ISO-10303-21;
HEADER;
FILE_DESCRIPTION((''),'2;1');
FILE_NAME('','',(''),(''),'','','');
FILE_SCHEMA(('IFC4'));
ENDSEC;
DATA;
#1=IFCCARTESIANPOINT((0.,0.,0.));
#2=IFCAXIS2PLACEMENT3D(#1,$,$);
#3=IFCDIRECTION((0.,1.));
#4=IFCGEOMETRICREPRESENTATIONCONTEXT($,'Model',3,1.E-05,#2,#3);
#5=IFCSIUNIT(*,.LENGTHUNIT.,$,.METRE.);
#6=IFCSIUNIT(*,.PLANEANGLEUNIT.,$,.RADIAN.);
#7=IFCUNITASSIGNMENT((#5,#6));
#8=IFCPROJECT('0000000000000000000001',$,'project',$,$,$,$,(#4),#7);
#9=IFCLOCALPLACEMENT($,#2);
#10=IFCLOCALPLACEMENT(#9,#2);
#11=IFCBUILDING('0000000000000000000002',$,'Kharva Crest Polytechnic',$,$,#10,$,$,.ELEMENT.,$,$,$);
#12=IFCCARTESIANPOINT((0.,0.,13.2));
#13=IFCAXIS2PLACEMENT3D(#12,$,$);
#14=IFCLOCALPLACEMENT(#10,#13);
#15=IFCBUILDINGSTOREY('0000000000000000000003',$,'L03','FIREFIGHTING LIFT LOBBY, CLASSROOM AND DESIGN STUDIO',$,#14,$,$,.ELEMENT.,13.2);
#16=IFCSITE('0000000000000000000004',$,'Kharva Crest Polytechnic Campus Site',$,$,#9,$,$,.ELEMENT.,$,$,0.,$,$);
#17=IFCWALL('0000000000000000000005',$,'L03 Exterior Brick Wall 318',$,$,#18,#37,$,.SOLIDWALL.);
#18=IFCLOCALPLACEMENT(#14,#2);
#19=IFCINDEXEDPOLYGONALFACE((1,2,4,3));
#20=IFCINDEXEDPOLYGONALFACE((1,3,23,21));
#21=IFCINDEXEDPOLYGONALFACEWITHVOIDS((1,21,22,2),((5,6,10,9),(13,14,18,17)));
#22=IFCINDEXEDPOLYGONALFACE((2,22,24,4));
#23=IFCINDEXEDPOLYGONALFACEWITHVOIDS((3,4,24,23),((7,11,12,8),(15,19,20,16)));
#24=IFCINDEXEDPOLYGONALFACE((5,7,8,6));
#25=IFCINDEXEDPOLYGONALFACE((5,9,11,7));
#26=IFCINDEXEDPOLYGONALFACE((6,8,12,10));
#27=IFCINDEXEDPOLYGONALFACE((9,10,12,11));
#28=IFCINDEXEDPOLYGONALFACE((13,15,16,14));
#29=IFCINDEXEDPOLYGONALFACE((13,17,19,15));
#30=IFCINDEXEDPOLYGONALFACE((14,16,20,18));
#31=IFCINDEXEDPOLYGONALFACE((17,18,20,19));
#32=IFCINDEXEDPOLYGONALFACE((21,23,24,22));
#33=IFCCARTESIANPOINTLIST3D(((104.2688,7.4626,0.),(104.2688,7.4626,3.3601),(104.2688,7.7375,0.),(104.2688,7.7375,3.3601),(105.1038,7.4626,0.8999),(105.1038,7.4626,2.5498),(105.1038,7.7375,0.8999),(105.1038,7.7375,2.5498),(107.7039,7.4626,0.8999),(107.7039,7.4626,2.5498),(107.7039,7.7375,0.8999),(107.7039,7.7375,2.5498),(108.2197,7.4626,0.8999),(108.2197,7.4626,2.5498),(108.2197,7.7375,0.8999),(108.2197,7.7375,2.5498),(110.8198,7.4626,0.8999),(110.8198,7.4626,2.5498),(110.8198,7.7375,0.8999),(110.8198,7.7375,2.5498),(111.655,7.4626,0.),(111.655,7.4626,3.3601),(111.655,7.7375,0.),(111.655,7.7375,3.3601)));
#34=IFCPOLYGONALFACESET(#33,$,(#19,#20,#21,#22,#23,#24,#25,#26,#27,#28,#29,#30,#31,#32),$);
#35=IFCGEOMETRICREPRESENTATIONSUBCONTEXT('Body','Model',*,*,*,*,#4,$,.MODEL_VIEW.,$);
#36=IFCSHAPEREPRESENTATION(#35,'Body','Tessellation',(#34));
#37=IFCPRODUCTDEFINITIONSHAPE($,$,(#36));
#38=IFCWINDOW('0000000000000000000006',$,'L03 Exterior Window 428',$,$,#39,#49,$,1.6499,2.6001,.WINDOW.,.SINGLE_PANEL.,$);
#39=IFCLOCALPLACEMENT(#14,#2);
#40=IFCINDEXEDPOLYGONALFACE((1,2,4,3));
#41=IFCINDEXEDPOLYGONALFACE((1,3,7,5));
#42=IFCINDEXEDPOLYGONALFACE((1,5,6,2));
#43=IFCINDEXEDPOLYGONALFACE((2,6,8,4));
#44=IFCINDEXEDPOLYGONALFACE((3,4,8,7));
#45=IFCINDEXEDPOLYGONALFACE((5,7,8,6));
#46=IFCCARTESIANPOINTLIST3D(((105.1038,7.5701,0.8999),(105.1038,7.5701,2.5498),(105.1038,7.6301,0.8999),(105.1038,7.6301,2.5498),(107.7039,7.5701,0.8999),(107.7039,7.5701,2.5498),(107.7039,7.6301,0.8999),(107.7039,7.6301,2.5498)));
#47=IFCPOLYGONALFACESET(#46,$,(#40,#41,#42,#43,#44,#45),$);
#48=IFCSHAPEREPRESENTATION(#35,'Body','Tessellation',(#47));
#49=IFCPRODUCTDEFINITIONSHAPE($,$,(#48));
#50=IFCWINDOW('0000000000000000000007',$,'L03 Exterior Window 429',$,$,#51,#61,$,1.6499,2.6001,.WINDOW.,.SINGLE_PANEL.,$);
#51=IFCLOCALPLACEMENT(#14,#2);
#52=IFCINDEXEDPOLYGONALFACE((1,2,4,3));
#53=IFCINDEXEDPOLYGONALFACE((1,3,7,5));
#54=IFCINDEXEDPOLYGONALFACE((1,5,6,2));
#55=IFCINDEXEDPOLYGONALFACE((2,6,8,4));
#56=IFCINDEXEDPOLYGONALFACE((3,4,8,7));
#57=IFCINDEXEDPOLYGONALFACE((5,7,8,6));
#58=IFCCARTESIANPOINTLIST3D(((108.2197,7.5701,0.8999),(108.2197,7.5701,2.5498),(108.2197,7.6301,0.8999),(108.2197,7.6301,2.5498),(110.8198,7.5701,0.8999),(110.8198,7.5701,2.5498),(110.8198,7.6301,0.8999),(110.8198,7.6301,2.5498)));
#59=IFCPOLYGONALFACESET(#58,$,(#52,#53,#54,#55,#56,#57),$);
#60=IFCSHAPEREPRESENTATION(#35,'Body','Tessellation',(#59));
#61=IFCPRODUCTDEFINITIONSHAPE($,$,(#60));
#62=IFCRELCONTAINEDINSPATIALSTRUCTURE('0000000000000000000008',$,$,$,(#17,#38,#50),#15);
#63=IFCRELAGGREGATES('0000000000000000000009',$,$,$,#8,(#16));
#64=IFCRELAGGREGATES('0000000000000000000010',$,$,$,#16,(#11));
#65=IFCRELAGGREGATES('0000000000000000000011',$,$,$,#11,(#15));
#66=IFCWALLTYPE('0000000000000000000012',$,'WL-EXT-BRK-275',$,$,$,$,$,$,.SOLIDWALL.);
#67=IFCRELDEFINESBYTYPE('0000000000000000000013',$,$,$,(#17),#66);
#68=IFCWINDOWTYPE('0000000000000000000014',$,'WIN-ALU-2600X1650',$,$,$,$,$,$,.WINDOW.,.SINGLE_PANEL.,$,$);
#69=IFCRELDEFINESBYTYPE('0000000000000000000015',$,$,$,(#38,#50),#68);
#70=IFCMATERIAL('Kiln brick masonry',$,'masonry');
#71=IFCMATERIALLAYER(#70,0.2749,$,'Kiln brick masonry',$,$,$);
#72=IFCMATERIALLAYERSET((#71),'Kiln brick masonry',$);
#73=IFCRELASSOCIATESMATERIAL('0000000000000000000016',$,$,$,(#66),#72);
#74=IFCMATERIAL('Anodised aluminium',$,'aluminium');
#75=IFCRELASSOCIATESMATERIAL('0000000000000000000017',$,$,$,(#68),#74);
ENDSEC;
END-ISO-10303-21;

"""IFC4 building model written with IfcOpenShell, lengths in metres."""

from ifc_helpers import new_model, si_unit, direction, frame, frame_2d, origin, place, context, subcontext, project, spatial, rectangle, extrude, material, layer, layer_set, type_object, element, fill, save


model = new_model("IFC4")

# Units and contexts
model_context = context("Model", 3, precision=1e-05, world=origin(), true_north=direction((0.0, 1.0)))
body_context = subcontext(model_context, "Body", "Model", "MODEL_VIEW")
ifc_project = project(units=[si_unit("LENGTHUNIT", "METRE"), si_unit("PLANEANGLEUNIT", "RADIAN")], contexts=[model_context])

# Site, building, storey
site_placement = place(None, origin())
site = spatial("IfcSite", under=ifc_project, at=site_placement, Name="Kharva Crest Polytechnic Campus Site", CompositionType="ELEMENT", RefElevation=0.0)
building_placement = place(site_placement, origin())
building = spatial("IfcBuilding", under=site, at=building_placement, Name="Kharva Crest Polytechnic", CompositionType="ELEMENT")
storey_placement = place(building_placement, frame((0.0, 0.0, 13.2)))
storey = spatial("IfcBuildingStorey", under=building, at=storey_placement, Name="L03", Description="FIREFIGHTING LIFT LOBBY, CLASSROOM AND DESIGN STUDIO", CompositionType="ELEMENT", Elevation=13.2)

# Wall, openings, windows
ifc_material_1 = material(Name="Kiln brick masonry", Category="masonry")
ifc_layer_1 = layer(ifc_material_1, 0.2749, Name="Kiln brick masonry")
ifc_layer_set_1 = layer_set([ifc_layer_1], Name="Kiln brick masonry")
wall_type = type_object("IfcWallType", Name="WL-EXT-BRK-275", PredefinedType="SOLIDWALL", material=ifc_layer_set_1)
wall_placement = place(storey_placement, frame((104.2688, 7.6001, 0.0), z_axis=(0.0, 0.0, 1.0), x_axis=(1.0, 0.0, 0.0)))
wall = element("IfcWall", 1, at=wall_placement, inside=storey, type_object=wall_type, Name="L03 Exterior Brick Wall 318", PredefinedType="SOLIDWALL", context=body_context, shape_type="SweptSolid", body=[
    extrude(rectangle(XDim=7.3862, YDim=0.2749, at=frame_2d((3.6931, 0.0))), origin(), (0.0, 0.0, 1.0), 3.3601),
])
opening_1_placement = place(wall_placement, frame((0.835, 0.0, 0.8999)))
opening_1 = element("IfcOpeningElement", 2, at=opening_1_placement, cuts=wall, PredefinedType="OPENING", context=body_context, shape_type="SweptSolid", body=[
    extrude(rectangle(XDim=2.6001, YDim=1.6499, at=frame_2d((1.3, 0.825))), frame((0.0, 0.1475, 0.0), z_axis=(0.0, -1.0, 0.0), x_axis=(1.0, 0.0, 0.0)), (0.0, 0.0, 1.0), 0.2949),
])
opening_2_placement = place(wall_placement, frame((3.9509, 0.0, 0.8999)))
opening_2 = element("IfcOpeningElement", 3, at=opening_2_placement, cuts=wall, PredefinedType="OPENING", context=body_context, shape_type="SweptSolid", body=[
    extrude(rectangle(XDim=2.6001, YDim=1.6499, at=frame_2d((1.3, 0.825))), frame((0.0, 0.1475, 0.0), z_axis=(0.0, -1.0, 0.0), x_axis=(1.0, 0.0, 0.0)), (0.0, 0.0, 1.0), 0.2949),
])
ifc_material_2 = material(Name="Anodised aluminium", Category="aluminium")
window_type = type_object("IfcWindowType", Name="WIN-ALU-2600X1650", PartitioningType="SINGLE_PANEL", PredefinedType="WINDOW", material=ifc_material_2)
window_1_placement = place(opening_1_placement, origin())
window_1 = element("IfcWindow", 4, at=window_1_placement, inside=storey, type_object=window_type, Name="L03 Exterior Window 428", OverallHeight=1.6499, OverallWidth=2.6001, PartitioningType="SINGLE_PANEL", PredefinedType="WINDOW", context=body_context, shape_type="SweptSolid", body=[
    extrude(rectangle(XDim=2.6001, YDim=1.6499, at=frame_2d((1.3, 0.825))), frame((0.0, 0.03, 0.0), z_axis=(0.0, -1.0, 0.0), x_axis=(1.0, 0.0, 0.0)), (0.0, 0.0, 1.0), 0.0601),
])
fill(opening_1, window_1)
window_2_placement = place(opening_2_placement, origin())
window_2 = element("IfcWindow", 5, at=window_2_placement, inside=storey, type_object=window_type, Name="L03 Exterior Window 429", OverallHeight=1.6499, OverallWidth=2.6001, PartitioningType="SINGLE_PANEL", PredefinedType="WINDOW", context=body_context, shape_type="SweptSolid", body=[
    extrude(rectangle(XDim=2.6001, YDim=1.6499, at=frame_2d((1.3, 0.825))), frame((0.0, 0.03, 0.0), z_axis=(0.0, -1.0, 0.0), x_axis=(1.0, 0.0, 0.0)), (0.0, 0.0, 1.0), 0.0601),
])
fill(opening_2, window_2)

save(model, "model.ifc")
